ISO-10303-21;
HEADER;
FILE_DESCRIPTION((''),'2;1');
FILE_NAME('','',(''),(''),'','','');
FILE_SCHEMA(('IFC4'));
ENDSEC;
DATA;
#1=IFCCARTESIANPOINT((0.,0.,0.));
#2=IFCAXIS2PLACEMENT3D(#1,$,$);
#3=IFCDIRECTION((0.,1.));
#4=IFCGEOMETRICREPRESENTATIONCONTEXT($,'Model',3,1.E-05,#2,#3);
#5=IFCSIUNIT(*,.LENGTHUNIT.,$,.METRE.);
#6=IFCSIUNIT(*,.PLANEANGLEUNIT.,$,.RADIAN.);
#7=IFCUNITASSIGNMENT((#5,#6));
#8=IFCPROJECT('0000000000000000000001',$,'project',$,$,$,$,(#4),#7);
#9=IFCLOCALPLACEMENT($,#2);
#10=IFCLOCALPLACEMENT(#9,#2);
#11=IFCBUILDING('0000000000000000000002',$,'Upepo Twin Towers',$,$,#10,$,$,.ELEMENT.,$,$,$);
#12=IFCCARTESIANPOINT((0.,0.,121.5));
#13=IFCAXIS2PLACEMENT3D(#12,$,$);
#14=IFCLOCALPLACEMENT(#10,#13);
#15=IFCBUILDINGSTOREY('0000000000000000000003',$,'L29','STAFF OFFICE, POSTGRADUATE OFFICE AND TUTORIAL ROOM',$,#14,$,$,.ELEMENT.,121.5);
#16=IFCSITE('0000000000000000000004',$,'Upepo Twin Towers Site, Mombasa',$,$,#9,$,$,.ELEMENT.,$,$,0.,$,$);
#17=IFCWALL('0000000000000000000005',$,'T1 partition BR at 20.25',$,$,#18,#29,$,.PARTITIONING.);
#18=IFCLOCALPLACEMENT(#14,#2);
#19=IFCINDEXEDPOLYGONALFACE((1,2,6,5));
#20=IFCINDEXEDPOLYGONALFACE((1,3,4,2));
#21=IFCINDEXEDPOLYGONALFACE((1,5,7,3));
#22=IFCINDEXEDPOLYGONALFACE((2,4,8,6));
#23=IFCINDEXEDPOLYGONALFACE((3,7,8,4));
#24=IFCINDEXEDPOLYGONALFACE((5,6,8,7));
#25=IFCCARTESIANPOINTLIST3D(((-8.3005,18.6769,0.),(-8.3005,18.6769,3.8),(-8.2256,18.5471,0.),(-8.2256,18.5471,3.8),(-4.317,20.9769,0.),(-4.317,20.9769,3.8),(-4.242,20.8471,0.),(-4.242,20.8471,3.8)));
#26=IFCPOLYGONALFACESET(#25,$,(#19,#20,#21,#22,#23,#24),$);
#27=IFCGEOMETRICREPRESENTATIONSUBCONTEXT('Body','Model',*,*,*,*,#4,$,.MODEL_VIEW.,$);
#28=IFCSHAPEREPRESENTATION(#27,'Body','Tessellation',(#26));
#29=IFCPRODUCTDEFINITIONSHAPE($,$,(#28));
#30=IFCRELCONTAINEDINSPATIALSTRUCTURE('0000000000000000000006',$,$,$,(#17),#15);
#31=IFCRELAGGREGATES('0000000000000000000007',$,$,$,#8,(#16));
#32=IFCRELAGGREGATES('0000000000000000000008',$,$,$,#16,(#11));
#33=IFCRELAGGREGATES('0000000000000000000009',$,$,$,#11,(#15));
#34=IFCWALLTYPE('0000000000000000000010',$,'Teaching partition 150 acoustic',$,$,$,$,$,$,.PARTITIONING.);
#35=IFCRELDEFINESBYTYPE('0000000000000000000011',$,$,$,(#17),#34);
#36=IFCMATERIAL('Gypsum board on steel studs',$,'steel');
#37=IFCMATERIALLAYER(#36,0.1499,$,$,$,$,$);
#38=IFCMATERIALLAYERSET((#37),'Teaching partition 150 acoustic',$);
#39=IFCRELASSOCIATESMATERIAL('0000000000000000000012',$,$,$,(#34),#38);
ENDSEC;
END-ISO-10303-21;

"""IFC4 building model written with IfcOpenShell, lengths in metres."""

from ifc_helpers import new_model, si_unit, direction, frame, frame_2d, origin, place, context, subcontext, project, spatial, rectangle, extrude, material, layer, layer_set, type_object, element, save


model = new_model("IFC4")

# Units and contexts
model_context = context("Model", 3, precision=1e-05, world=origin(), true_north=direction((0.0, 1.0)))
body_context = subcontext(model_context, "Body", "Model", "MODEL_VIEW")
ifc_project = project(units=[si_unit("LENGTHUNIT", "METRE"), si_unit("PLANEANGLEUNIT", "RADIAN")], contexts=[model_context])

# Site, building, storey
site_placement = place(None, origin())
site = spatial("IfcSite", under=ifc_project, at=site_placement, Name="Upepo Twin Towers Site, Mombasa", CompositionType="ELEMENT", RefElevation=0.0)
building_placement = place(site_placement, origin())
building = spatial("IfcBuilding", under=site, at=building_placement, Name="Upepo Twin Towers", CompositionType="ELEMENT")
storey_placement = place(building_placement, frame((0.0, 0.0, 121.5)))
storey = spatial("IfcBuildingStorey", under=building, at=storey_placement, Name="L29", Description="STAFF OFFICE, POSTGRADUATE OFFICE AND TUTORIAL ROOM", CompositionType="ELEMENT", Elevation=121.5)

# Shared definitions
ifc_material_1 = material(Name="Gypsum board on steel studs", Category="steel")
ifc_layer_1 = layer(ifc_material_1, 0.1499)
ifc_layer_set_1 = layer_set([ifc_layer_1], Name="Teaching partition 150 acoustic")
wall_type_1 = type_object("IfcWallType", Name="Teaching partition 150 acoustic", PredefinedType="PARTITIONING", material=ifc_layer_set_1)

# Wall
wall_1_placement = place(storey_placement, frame((-8.2629, 18.6121, 0.0), z_axis=(0.0, 0.0, 1.0), x_axis=(0.866017, 0.500015, 0.0)))
element("IfcWall", 1, at=wall_1_placement, inside=storey, type_object=wall_type_1, Name="T1 partition BR at 20.25", PredefinedType="PARTITIONING", context=body_context, shape_type="SweptSolid", body=[
    extrude(rectangle(XDim=4.5999, YDim=0.1499, at=frame_2d((2.2998, 0.0))), origin(), (0.0, 0.0, 1.0), 3.8),
])

save(model, "model.ifc")
